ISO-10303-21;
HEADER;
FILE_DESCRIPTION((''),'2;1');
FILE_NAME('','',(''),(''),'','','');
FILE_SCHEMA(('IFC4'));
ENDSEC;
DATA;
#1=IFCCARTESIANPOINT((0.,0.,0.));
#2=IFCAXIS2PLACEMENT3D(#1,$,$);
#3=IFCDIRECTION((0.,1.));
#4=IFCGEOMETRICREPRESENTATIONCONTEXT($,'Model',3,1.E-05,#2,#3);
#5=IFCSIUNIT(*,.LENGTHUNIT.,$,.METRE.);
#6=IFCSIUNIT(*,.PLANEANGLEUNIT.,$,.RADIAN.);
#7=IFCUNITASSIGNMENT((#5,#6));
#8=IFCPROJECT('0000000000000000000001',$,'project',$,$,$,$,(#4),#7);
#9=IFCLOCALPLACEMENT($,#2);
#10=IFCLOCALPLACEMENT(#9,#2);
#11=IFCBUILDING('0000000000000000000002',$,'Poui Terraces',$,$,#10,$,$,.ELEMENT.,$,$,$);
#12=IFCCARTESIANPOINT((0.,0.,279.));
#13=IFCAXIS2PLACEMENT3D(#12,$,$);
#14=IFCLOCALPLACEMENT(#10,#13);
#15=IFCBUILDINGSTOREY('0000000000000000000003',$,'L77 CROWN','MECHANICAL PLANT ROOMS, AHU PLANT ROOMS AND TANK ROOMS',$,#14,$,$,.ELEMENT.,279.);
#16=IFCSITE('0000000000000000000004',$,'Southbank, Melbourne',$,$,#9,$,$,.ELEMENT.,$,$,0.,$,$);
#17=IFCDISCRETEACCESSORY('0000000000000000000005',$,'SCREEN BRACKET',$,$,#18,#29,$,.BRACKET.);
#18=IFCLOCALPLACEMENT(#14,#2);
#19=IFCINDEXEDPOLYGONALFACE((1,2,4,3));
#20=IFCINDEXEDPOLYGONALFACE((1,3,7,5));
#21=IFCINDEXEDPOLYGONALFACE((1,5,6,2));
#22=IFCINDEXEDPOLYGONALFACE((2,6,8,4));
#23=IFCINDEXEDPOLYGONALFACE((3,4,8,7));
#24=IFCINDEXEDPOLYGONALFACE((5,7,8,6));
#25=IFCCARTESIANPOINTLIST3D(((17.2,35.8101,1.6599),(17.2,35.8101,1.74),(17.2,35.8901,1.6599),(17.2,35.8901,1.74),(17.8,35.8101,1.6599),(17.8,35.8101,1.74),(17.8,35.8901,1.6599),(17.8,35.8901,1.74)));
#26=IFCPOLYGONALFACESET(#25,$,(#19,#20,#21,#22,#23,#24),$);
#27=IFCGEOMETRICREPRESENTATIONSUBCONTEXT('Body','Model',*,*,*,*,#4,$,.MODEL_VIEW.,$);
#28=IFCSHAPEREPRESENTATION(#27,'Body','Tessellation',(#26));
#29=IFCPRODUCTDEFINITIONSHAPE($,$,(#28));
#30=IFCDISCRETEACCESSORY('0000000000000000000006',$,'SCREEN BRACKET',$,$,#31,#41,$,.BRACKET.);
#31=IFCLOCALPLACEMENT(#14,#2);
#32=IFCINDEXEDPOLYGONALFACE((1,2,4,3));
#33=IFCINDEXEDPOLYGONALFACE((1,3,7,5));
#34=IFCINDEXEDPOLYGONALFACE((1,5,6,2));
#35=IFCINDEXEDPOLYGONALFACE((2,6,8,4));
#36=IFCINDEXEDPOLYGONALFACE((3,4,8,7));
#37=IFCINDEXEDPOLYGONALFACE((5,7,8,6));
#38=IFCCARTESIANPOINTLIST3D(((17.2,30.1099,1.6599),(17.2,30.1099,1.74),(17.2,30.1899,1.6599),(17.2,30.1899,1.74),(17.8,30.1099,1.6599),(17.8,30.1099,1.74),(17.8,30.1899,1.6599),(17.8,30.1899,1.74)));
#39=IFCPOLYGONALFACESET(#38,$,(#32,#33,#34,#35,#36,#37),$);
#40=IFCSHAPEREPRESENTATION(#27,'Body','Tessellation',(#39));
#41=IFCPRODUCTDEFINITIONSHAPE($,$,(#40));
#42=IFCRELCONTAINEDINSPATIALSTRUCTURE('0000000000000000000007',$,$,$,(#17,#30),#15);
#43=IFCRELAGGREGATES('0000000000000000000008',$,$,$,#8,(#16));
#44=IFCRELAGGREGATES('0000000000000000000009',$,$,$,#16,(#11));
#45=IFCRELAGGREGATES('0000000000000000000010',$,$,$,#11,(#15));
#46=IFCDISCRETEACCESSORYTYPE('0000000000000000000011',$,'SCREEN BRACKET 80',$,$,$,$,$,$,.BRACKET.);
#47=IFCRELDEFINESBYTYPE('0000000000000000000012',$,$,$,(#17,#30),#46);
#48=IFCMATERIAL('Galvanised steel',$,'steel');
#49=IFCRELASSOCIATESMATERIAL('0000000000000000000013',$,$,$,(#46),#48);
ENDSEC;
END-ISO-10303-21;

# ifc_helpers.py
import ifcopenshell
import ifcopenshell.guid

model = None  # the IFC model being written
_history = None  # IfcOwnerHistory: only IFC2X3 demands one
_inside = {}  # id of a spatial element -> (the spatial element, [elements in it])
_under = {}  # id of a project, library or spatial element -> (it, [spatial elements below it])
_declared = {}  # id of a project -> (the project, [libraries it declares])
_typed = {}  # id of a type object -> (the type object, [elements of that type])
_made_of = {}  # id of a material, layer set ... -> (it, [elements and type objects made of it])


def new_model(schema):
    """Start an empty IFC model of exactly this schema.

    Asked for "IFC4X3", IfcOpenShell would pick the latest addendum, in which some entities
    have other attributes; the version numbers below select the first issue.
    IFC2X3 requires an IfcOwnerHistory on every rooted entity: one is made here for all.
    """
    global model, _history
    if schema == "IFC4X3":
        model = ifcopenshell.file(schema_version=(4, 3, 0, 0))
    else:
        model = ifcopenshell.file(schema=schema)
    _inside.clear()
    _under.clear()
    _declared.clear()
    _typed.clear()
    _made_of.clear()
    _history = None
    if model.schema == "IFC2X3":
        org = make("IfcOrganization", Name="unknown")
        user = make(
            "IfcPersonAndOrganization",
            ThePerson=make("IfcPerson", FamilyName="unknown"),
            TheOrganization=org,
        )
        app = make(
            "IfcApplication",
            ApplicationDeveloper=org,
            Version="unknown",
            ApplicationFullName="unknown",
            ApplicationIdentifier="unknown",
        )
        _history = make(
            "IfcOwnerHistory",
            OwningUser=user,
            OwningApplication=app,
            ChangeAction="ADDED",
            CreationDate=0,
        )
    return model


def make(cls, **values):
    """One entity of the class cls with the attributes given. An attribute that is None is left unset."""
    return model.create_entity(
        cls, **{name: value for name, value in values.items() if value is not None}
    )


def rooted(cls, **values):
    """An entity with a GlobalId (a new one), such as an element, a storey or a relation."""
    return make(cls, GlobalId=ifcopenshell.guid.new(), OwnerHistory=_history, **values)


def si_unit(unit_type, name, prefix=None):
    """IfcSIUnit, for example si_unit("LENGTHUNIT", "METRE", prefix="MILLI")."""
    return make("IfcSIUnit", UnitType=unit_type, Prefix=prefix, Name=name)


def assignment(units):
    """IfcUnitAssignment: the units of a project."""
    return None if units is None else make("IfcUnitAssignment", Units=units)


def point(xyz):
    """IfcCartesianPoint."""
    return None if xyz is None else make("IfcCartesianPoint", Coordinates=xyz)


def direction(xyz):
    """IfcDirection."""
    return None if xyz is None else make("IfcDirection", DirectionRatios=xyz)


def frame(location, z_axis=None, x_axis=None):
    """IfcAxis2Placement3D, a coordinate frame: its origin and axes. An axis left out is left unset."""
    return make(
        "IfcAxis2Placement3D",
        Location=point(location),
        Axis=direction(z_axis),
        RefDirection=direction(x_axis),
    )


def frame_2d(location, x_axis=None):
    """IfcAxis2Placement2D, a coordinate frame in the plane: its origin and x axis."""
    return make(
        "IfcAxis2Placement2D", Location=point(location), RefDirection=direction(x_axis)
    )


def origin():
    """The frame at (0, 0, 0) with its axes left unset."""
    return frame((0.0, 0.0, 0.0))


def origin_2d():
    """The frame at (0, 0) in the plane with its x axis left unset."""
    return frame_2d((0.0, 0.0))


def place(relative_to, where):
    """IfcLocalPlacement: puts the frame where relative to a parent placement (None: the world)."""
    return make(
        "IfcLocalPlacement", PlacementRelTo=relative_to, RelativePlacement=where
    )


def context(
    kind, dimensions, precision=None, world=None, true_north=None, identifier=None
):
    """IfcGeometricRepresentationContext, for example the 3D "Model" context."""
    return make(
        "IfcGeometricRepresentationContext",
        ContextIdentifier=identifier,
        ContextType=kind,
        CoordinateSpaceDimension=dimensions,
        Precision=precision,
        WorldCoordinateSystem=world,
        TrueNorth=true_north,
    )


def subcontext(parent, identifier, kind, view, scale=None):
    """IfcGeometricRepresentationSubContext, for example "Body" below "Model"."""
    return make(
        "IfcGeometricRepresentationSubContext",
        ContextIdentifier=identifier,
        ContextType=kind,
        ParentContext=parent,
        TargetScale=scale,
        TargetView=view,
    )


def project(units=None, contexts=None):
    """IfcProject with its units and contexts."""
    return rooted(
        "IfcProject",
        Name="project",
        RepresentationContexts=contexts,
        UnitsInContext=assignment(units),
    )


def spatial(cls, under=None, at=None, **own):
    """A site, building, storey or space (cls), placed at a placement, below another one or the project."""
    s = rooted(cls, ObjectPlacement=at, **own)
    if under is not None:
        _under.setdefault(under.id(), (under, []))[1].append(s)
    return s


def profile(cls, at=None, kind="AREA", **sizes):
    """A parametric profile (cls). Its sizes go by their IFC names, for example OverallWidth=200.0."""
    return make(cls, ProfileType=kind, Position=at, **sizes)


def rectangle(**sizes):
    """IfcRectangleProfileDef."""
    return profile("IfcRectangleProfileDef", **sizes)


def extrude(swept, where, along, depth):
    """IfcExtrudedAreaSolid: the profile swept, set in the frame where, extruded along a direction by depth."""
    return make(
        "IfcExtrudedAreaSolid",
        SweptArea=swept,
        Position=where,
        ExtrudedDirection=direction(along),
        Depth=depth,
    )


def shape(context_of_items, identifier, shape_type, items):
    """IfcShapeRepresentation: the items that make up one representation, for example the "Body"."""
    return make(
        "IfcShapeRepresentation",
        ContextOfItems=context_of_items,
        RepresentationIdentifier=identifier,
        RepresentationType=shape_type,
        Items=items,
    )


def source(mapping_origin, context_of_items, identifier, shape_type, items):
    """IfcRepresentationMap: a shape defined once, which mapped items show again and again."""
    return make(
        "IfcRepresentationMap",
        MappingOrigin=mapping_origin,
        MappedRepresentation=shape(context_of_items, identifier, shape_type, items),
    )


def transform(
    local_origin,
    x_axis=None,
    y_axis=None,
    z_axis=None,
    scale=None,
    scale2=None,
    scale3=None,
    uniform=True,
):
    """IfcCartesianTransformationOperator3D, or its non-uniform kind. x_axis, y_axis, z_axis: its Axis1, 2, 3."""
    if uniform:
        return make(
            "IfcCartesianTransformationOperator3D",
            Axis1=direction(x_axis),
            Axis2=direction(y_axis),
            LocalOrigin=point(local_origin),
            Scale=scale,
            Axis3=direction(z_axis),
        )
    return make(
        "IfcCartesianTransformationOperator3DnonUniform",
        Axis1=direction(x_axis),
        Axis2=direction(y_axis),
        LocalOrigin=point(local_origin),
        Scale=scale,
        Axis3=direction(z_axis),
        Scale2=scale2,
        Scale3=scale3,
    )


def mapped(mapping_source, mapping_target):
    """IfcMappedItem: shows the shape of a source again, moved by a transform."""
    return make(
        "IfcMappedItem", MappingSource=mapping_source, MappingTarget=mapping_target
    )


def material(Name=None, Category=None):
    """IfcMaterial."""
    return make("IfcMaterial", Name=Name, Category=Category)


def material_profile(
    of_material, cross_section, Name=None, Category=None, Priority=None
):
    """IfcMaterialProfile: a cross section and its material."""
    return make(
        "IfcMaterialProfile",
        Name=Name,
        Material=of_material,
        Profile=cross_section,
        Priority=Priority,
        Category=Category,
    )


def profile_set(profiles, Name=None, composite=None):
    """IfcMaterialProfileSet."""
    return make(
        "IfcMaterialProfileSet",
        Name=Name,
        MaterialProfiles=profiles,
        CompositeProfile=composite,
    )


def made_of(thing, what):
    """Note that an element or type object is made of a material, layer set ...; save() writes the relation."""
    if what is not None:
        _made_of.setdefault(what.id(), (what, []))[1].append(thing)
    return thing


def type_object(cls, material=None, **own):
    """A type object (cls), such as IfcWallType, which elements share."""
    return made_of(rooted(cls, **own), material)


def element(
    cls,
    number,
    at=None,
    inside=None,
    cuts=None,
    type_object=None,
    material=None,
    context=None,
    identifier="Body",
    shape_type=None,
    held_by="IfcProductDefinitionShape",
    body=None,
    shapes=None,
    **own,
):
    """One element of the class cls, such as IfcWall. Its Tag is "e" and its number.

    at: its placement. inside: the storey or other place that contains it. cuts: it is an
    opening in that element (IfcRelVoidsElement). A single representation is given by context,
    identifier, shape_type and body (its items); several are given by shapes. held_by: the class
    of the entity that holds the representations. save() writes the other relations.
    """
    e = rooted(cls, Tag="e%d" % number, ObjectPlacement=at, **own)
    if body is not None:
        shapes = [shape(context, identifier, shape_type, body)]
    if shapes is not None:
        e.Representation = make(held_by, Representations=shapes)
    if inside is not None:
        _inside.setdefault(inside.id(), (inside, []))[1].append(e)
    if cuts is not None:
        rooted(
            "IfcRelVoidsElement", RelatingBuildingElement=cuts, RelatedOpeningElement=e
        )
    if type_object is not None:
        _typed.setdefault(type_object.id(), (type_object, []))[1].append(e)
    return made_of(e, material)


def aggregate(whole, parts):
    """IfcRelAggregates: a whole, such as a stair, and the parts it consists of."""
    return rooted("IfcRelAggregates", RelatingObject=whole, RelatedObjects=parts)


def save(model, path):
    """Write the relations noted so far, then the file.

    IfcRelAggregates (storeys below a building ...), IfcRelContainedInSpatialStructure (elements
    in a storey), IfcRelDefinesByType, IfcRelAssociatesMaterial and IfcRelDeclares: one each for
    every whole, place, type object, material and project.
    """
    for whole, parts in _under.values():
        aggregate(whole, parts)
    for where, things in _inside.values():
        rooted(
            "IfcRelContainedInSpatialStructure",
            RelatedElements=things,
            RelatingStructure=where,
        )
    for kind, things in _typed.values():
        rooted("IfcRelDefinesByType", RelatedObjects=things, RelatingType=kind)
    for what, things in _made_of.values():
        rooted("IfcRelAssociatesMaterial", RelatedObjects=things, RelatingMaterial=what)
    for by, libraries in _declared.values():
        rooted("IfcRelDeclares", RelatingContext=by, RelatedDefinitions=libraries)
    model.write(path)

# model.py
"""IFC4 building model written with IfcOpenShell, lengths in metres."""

from ifc_helpers import new_model, si_unit, direction, frame, origin, origin_2d, place, context, subcontext, project, spatial, rectangle, extrude, source, transform, mapped, material, material_profile, profile_set, type_object, element, save


model = new_model("IFC4")

# Units and contexts
model_context = context("Model", 3, precision=1e-05, world=origin(), true_north=direction((0.0, 1.0)))
body_context = subcontext(model_context, "Body", "Model", "MODEL_VIEW")
ifc_project = project(units=[si_unit("LENGTHUNIT", "METRE"), si_unit("PLANEANGLEUNIT", "RADIAN")], contexts=[model_context])

# Site, building, storey
site_placement = place(None, origin())
site = spatial("IfcSite", under=ifc_project, at=site_placement, Name="Southbank, Melbourne", CompositionType="ELEMENT", RefElevation=0.0)
building_placement = place(site_placement, origin())
building = spatial("IfcBuilding", under=site, at=building_placement, Name="Poui Terraces", CompositionType="ELEMENT")
storey_placement = place(building_placement, frame((0.0, 0.0, 279.0)))
storey = spatial("IfcBuildingStorey", under=building, at=storey_placement, Name="L77 CROWN", Description="MECHANICAL PLANT ROOMS, AHU PLANT ROOMS AND TANK ROOMS", CompositionType="ELEMENT", Elevation=279.0)

# Discrete accessories
ifc_material_1 = material(Name="Galvanised steel", Category="steel")
ifc_material_profile_1 = material_profile(ifc_material_1, rectangle(XDim=0.0801, YDim=0.0801, at=origin_2d()), Name="SCREEN BRACKET 80")
ifc_profile_set_1 = profile_set([ifc_material_profile_1], Name="Galvanised steel")
discrete_accessory_type = type_object("IfcDiscreteAccessoryType", Name="SCREEN BRACKET 80", PredefinedType="BRACKET", material=ifc_profile_set_1)
shared_shape_1 = source(origin(), body_context, "Body", "SweptSolid", [
    extrude(rectangle(XDim=0.0801, YDim=0.0801, at=origin_2d()), origin(), (0.0, 0.0, 1.0), 0.6001),
])
for number, where, z_axis, x_axis, name in (
    (1, (17.8, 35.8501, 1.7), (-1.0, 0.0, 0.0), (0.0, -1.0, 0.0), "SCREEN BRACKET"),
    (2, (17.8, 30.1499, 1.7), (-1.0, 0.0, 0.0), (0.0, -1.0, 0.0), "SCREEN BRACKET"),
):
    element("IfcDiscreteAccessory", number, at=place(storey_placement, frame(where, z_axis=z_axis, x_axis=x_axis)), inside=storey, type_object=discrete_accessory_type, Name=name, PredefinedType="BRACKET", context=body_context, shape_type="MappedRepresentation", body=[
        mapped(shared_shape_1, transform((0.0, 0.0, 0.0))),
    ])

save(model, "model.ifc")
